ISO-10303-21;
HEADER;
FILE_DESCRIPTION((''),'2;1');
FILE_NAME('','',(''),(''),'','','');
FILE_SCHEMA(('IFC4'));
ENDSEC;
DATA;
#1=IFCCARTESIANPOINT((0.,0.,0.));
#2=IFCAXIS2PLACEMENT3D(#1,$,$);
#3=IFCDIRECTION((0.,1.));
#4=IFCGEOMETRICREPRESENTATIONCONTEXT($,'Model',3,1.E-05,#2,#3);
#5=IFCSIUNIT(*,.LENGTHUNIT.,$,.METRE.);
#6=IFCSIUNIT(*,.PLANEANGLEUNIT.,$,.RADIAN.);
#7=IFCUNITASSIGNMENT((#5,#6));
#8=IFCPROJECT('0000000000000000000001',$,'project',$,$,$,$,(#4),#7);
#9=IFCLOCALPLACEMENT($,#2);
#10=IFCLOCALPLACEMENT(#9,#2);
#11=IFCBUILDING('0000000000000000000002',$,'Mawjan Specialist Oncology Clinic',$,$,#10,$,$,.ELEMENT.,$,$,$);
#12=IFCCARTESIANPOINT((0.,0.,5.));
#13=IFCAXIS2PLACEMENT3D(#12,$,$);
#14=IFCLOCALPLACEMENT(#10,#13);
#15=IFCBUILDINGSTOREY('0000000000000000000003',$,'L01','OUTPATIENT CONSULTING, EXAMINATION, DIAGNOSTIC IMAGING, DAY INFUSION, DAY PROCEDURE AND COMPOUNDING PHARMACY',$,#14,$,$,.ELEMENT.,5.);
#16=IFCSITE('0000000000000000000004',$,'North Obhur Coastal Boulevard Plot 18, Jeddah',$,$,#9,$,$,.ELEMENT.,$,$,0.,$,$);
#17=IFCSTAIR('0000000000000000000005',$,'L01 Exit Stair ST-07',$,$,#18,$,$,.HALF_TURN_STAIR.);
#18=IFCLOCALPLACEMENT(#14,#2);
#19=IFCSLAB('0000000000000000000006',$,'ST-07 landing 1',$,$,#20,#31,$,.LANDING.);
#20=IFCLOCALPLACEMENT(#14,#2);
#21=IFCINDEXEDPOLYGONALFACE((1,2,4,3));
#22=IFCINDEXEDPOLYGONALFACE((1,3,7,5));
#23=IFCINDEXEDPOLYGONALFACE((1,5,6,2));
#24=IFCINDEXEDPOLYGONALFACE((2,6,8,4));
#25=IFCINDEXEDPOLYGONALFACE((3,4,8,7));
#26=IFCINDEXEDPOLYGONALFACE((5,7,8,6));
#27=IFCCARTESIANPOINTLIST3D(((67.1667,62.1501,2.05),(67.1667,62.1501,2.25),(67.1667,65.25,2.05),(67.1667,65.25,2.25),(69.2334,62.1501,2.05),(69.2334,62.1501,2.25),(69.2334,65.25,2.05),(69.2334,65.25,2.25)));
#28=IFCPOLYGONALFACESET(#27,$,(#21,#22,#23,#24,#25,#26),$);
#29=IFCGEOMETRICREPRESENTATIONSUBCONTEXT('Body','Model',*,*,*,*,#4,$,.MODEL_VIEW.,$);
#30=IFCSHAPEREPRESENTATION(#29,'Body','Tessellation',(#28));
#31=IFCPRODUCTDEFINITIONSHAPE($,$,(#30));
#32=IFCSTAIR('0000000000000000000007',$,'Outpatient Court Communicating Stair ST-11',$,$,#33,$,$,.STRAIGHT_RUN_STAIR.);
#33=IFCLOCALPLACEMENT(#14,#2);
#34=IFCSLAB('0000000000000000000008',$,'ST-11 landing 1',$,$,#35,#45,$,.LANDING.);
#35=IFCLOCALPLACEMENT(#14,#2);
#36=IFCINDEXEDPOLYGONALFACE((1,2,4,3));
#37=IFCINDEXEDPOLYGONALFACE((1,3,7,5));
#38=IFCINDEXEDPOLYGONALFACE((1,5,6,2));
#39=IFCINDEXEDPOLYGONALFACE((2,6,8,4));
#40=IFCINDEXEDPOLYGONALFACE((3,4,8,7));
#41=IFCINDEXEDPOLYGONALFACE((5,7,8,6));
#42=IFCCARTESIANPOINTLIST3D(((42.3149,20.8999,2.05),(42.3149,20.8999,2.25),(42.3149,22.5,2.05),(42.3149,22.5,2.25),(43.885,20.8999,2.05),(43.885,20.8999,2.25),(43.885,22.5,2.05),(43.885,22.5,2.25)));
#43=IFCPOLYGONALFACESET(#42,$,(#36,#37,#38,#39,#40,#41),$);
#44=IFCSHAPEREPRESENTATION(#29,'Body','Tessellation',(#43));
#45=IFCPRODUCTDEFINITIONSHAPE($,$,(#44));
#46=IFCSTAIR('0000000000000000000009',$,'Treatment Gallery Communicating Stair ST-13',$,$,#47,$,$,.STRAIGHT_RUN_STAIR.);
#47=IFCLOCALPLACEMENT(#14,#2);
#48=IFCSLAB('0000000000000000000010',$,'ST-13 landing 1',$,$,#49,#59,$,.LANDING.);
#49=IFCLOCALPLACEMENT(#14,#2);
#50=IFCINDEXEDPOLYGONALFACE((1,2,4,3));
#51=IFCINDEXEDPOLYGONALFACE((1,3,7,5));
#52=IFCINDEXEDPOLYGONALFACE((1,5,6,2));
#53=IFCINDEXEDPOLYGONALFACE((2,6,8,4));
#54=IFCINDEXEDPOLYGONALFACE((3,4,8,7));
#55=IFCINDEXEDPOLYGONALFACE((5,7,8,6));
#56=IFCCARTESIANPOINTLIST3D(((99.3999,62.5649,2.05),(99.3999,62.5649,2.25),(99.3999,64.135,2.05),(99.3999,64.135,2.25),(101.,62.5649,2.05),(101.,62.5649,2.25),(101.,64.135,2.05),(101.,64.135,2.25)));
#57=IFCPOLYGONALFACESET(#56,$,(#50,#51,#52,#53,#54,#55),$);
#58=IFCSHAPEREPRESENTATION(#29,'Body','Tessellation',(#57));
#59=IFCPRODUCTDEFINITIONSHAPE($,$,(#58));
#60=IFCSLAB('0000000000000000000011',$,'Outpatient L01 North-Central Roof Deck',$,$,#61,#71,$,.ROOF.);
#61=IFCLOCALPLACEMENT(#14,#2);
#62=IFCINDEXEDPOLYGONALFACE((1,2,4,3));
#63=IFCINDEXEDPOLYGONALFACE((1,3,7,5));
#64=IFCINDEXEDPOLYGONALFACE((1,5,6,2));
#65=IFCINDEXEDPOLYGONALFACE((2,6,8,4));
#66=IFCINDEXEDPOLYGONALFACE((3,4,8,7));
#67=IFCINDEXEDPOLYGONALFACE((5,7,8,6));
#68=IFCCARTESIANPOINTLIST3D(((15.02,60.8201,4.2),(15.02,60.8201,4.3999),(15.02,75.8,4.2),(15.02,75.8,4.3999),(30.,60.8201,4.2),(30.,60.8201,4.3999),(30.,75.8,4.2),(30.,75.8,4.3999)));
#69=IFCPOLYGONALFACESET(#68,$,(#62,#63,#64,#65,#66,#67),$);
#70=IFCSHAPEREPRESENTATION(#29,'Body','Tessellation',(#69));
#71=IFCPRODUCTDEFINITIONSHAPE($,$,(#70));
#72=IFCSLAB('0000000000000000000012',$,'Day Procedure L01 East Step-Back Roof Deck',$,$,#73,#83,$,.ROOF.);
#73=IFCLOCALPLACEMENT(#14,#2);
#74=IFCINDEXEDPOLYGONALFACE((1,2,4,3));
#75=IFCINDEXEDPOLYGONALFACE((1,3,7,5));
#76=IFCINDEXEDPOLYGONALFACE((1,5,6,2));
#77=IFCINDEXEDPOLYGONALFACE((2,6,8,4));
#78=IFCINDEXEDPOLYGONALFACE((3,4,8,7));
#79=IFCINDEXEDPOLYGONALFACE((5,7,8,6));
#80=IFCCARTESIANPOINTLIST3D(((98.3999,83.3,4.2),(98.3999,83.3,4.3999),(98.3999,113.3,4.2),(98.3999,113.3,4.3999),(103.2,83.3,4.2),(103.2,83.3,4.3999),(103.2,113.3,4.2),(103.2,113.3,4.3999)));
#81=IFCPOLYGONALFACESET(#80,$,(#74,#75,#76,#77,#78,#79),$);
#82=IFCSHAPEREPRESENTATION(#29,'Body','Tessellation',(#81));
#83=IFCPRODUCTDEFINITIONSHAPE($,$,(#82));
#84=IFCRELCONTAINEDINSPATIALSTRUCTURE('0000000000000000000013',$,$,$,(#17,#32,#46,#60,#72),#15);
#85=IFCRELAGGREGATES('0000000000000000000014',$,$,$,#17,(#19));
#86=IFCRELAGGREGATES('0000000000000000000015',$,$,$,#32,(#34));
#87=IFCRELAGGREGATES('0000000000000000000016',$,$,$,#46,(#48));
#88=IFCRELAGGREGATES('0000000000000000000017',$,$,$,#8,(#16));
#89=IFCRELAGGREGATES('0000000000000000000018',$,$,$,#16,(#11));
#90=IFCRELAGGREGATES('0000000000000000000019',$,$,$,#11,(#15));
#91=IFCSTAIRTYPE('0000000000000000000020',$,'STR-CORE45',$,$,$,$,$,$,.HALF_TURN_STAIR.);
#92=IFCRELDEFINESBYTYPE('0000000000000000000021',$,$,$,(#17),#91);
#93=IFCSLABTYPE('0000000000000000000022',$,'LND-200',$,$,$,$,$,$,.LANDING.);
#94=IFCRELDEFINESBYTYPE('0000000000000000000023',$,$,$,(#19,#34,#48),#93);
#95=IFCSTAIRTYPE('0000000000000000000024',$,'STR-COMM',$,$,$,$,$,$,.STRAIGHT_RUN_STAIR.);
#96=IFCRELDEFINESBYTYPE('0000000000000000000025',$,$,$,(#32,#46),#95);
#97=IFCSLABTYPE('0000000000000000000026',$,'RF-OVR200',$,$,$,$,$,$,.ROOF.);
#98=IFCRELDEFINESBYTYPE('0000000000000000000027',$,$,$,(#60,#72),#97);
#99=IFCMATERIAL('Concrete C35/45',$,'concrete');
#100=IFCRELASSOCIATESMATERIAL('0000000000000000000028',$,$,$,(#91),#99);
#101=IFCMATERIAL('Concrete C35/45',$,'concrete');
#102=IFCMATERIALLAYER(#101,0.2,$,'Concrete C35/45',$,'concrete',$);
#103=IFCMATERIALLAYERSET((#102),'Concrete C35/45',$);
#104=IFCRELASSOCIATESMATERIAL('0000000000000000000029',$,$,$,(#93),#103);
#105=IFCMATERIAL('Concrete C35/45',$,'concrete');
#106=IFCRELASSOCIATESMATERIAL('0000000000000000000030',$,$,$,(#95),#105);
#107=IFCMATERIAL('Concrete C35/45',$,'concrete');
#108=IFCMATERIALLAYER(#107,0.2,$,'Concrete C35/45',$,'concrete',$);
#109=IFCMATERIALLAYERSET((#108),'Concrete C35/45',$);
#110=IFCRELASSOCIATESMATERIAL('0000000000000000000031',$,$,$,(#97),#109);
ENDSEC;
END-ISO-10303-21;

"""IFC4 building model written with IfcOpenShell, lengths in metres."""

from ifc_helpers import new_model, si_unit, direction, frame, origin, place, context, subcontext, project, spatial, polyline, outline, extrude, material, layer, layer_set, type_object, element, aggregate, save


model = new_model("IFC4")

# Units and contexts
model_context = context("Model", 3, precision=1e-05, world=origin(), true_north=direction((0.0, 1.0)))
body_context = subcontext(model_context, "Body", "Model", "MODEL_VIEW")
ifc_project = project(units=[si_unit("LENGTHUNIT", "METRE"), si_unit("PLANEANGLEUNIT", "RADIAN")], contexts=[model_context])

# Site, building, storey
site_placement = place(None, origin())
site = spatial("IfcSite", under=ifc_project, at=site_placement, Name="North Obhur Coastal Boulevard Plot 18, Jeddah", CompositionType="ELEMENT", RefElevation=0.0)
building_placement = place(site_placement, origin())
building = spatial("IfcBuilding", under=site, at=building_placement, Name="Mawjan Specialist Oncology Clinic", CompositionType="ELEMENT")
storey_placement = place(building_placement, frame((0.0, 0.0, 5.0)))
storey = spatial("IfcBuildingStorey", under=building, at=storey_placement, Name="L01", Description="OUTPATIENT CONSULTING, EXAMINATION, DIAGNOSTIC IMAGING, DAY INFUSION, DAY PROCEDURE AND COMPOUNDING PHARMACY", CompositionType="ELEMENT", Elevation=5.0)

# Stairs, slabs
ifc_material_1 = material(Name="Concrete C35/45", Category="concrete")
stair_type_1 = type_object("IfcStairType", Name="STR-CORE45", PredefinedType="HALF_TURN_STAIR", material=ifc_material_1)
ifc_material_2 = material(Name="Concrete C35/45", Category="concrete")
ifc_layer_1 = layer(ifc_material_2, 0.2, Name="Concrete C35/45", Category="concrete")
ifc_layer_set_1 = layer_set([ifc_layer_1], Name="Concrete C35/45")
slab_type_1 = type_object("IfcSlabType", Name="LND-200", PredefinedType="LANDING", material=ifc_layer_set_1)
stair_1_placement = place(storey_placement, origin())
stair_1 = element("IfcStair", 1, at=stair_1_placement, inside=storey, type_object=stair_type_1, Name="L01 Exit Stair ST-07", PredefinedType="HALF_TURN_STAIR")
slab_1_placement = place(storey_placement, frame((0.0, 0.0, 2.05)))
slab_1 = element("IfcSlab", 2, at=slab_1_placement, type_object=slab_type_1, Name="ST-07 landing 1", PredefinedType="LANDING", context=body_context, shape_type="SweptSolid", body=[
    extrude(outline(polyline([(67.1667, 62.1501), (69.2334, 62.1501), (69.2334, 65.25), (67.1667, 65.25), (67.1667, 62.1501)])), origin(), (0.0, 0.0, 1.0), 0.2),
])
aggregate(stair_1, [slab_1])
ifc_material_3 = material(Name="Concrete C35/45", Category="concrete")
stair_type_2 = type_object("IfcStairType", Name="STR-COMM", PredefinedType="STRAIGHT_RUN_STAIR", material=ifc_material_3)
stair_2_placement = place(storey_placement, origin())
stair_2 = element("IfcStair", 3, at=stair_2_placement, inside=storey, type_object=stair_type_2, Name="Outpatient Court Communicating Stair ST-11", PredefinedType="STRAIGHT_RUN_STAIR")
slab_2_placement = place(storey_placement, frame((0.0, 0.0, 2.05)))
slab_2 = element("IfcSlab", 4, at=slab_2_placement, type_object=slab_type_1, Name="ST-11 landing 1", PredefinedType="LANDING", context=body_context, shape_type="SweptSolid", body=[
    extrude(outline(polyline([(42.3149, 20.8999), (43.885, 20.8999), (43.885, 22.5), (42.3149, 22.5), (42.3149, 20.8999)])), origin(), (0.0, 0.0, 1.0), 0.2),
])
aggregate(stair_2, [slab_2])
stair_3_placement = place(storey_placement, origin())
stair_3 = element("IfcStair", 5, at=stair_3_placement, inside=storey, type_object=stair_type_2, Name="Treatment Gallery Communicating Stair ST-13", PredefinedType="STRAIGHT_RUN_STAIR")
slab_3_placement = place(storey_placement, frame((0.0, 0.0, 2.05)))
slab_3 = element("IfcSlab", 6, at=slab_3_placement, type_object=slab_type_1, Name="ST-13 landing 1", PredefinedType="LANDING", context=body_context, shape_type="SweptSolid", body=[
    extrude(outline(polyline([(99.3999, 62.5649), (101.0, 62.5649), (101.0, 64.135), (99.3999, 64.135), (99.3999, 62.5649)])), origin(), (0.0, 0.0, 1.0), 0.2),
])
aggregate(stair_3, [slab_3])

# Slabs
ifc_material_4 = material(Name="Concrete C35/45", Category="concrete")
ifc_layer_2 = layer(ifc_material_4, 0.2, Name="Concrete C35/45", Category="concrete")
ifc_layer_set_2 = layer_set([ifc_layer_2], Name="Concrete C35/45")
slab_type_2 = type_object("IfcSlabType", Name="RF-OVR200", PredefinedType="ROOF", material=ifc_layer_set_2)
slab_4_placement = place(storey_placement, frame((0.0, 0.0, 4.2)))
element("IfcSlab", 7, at=slab_4_placement, inside=storey, type_object=slab_type_2, Name="Outpatient L01 North-Central Roof Deck", PredefinedType="ROOF", context=body_context, shape_type="SweptSolid", body=[
    extrude(outline(polyline([(15.02, 60.8201), (30.0, 60.8201), (30.0, 75.8), (15.02, 75.8), (15.02, 60.8201)])), origin(), (0.0, 0.0, 1.0), 0.2),
])
slab_5_placement = place(storey_placement, frame((0.0, 0.0, 4.2)))
element("IfcSlab", 8, at=slab_5_placement, inside=storey, type_object=slab_type_2, Name="Day Procedure L01 East Step-Back Roof Deck", PredefinedType="ROOF", context=body_context, shape_type="SweptSolid", body=[
    extrude(outline(polyline([(98.3999, 83.3), (103.2, 83.3), (103.2, 113.3), (98.3999, 113.3), (98.3999, 83.3)])), origin(), (0.0, 0.0, 1.0), 0.2),
])

save(model, "model.ifc")
